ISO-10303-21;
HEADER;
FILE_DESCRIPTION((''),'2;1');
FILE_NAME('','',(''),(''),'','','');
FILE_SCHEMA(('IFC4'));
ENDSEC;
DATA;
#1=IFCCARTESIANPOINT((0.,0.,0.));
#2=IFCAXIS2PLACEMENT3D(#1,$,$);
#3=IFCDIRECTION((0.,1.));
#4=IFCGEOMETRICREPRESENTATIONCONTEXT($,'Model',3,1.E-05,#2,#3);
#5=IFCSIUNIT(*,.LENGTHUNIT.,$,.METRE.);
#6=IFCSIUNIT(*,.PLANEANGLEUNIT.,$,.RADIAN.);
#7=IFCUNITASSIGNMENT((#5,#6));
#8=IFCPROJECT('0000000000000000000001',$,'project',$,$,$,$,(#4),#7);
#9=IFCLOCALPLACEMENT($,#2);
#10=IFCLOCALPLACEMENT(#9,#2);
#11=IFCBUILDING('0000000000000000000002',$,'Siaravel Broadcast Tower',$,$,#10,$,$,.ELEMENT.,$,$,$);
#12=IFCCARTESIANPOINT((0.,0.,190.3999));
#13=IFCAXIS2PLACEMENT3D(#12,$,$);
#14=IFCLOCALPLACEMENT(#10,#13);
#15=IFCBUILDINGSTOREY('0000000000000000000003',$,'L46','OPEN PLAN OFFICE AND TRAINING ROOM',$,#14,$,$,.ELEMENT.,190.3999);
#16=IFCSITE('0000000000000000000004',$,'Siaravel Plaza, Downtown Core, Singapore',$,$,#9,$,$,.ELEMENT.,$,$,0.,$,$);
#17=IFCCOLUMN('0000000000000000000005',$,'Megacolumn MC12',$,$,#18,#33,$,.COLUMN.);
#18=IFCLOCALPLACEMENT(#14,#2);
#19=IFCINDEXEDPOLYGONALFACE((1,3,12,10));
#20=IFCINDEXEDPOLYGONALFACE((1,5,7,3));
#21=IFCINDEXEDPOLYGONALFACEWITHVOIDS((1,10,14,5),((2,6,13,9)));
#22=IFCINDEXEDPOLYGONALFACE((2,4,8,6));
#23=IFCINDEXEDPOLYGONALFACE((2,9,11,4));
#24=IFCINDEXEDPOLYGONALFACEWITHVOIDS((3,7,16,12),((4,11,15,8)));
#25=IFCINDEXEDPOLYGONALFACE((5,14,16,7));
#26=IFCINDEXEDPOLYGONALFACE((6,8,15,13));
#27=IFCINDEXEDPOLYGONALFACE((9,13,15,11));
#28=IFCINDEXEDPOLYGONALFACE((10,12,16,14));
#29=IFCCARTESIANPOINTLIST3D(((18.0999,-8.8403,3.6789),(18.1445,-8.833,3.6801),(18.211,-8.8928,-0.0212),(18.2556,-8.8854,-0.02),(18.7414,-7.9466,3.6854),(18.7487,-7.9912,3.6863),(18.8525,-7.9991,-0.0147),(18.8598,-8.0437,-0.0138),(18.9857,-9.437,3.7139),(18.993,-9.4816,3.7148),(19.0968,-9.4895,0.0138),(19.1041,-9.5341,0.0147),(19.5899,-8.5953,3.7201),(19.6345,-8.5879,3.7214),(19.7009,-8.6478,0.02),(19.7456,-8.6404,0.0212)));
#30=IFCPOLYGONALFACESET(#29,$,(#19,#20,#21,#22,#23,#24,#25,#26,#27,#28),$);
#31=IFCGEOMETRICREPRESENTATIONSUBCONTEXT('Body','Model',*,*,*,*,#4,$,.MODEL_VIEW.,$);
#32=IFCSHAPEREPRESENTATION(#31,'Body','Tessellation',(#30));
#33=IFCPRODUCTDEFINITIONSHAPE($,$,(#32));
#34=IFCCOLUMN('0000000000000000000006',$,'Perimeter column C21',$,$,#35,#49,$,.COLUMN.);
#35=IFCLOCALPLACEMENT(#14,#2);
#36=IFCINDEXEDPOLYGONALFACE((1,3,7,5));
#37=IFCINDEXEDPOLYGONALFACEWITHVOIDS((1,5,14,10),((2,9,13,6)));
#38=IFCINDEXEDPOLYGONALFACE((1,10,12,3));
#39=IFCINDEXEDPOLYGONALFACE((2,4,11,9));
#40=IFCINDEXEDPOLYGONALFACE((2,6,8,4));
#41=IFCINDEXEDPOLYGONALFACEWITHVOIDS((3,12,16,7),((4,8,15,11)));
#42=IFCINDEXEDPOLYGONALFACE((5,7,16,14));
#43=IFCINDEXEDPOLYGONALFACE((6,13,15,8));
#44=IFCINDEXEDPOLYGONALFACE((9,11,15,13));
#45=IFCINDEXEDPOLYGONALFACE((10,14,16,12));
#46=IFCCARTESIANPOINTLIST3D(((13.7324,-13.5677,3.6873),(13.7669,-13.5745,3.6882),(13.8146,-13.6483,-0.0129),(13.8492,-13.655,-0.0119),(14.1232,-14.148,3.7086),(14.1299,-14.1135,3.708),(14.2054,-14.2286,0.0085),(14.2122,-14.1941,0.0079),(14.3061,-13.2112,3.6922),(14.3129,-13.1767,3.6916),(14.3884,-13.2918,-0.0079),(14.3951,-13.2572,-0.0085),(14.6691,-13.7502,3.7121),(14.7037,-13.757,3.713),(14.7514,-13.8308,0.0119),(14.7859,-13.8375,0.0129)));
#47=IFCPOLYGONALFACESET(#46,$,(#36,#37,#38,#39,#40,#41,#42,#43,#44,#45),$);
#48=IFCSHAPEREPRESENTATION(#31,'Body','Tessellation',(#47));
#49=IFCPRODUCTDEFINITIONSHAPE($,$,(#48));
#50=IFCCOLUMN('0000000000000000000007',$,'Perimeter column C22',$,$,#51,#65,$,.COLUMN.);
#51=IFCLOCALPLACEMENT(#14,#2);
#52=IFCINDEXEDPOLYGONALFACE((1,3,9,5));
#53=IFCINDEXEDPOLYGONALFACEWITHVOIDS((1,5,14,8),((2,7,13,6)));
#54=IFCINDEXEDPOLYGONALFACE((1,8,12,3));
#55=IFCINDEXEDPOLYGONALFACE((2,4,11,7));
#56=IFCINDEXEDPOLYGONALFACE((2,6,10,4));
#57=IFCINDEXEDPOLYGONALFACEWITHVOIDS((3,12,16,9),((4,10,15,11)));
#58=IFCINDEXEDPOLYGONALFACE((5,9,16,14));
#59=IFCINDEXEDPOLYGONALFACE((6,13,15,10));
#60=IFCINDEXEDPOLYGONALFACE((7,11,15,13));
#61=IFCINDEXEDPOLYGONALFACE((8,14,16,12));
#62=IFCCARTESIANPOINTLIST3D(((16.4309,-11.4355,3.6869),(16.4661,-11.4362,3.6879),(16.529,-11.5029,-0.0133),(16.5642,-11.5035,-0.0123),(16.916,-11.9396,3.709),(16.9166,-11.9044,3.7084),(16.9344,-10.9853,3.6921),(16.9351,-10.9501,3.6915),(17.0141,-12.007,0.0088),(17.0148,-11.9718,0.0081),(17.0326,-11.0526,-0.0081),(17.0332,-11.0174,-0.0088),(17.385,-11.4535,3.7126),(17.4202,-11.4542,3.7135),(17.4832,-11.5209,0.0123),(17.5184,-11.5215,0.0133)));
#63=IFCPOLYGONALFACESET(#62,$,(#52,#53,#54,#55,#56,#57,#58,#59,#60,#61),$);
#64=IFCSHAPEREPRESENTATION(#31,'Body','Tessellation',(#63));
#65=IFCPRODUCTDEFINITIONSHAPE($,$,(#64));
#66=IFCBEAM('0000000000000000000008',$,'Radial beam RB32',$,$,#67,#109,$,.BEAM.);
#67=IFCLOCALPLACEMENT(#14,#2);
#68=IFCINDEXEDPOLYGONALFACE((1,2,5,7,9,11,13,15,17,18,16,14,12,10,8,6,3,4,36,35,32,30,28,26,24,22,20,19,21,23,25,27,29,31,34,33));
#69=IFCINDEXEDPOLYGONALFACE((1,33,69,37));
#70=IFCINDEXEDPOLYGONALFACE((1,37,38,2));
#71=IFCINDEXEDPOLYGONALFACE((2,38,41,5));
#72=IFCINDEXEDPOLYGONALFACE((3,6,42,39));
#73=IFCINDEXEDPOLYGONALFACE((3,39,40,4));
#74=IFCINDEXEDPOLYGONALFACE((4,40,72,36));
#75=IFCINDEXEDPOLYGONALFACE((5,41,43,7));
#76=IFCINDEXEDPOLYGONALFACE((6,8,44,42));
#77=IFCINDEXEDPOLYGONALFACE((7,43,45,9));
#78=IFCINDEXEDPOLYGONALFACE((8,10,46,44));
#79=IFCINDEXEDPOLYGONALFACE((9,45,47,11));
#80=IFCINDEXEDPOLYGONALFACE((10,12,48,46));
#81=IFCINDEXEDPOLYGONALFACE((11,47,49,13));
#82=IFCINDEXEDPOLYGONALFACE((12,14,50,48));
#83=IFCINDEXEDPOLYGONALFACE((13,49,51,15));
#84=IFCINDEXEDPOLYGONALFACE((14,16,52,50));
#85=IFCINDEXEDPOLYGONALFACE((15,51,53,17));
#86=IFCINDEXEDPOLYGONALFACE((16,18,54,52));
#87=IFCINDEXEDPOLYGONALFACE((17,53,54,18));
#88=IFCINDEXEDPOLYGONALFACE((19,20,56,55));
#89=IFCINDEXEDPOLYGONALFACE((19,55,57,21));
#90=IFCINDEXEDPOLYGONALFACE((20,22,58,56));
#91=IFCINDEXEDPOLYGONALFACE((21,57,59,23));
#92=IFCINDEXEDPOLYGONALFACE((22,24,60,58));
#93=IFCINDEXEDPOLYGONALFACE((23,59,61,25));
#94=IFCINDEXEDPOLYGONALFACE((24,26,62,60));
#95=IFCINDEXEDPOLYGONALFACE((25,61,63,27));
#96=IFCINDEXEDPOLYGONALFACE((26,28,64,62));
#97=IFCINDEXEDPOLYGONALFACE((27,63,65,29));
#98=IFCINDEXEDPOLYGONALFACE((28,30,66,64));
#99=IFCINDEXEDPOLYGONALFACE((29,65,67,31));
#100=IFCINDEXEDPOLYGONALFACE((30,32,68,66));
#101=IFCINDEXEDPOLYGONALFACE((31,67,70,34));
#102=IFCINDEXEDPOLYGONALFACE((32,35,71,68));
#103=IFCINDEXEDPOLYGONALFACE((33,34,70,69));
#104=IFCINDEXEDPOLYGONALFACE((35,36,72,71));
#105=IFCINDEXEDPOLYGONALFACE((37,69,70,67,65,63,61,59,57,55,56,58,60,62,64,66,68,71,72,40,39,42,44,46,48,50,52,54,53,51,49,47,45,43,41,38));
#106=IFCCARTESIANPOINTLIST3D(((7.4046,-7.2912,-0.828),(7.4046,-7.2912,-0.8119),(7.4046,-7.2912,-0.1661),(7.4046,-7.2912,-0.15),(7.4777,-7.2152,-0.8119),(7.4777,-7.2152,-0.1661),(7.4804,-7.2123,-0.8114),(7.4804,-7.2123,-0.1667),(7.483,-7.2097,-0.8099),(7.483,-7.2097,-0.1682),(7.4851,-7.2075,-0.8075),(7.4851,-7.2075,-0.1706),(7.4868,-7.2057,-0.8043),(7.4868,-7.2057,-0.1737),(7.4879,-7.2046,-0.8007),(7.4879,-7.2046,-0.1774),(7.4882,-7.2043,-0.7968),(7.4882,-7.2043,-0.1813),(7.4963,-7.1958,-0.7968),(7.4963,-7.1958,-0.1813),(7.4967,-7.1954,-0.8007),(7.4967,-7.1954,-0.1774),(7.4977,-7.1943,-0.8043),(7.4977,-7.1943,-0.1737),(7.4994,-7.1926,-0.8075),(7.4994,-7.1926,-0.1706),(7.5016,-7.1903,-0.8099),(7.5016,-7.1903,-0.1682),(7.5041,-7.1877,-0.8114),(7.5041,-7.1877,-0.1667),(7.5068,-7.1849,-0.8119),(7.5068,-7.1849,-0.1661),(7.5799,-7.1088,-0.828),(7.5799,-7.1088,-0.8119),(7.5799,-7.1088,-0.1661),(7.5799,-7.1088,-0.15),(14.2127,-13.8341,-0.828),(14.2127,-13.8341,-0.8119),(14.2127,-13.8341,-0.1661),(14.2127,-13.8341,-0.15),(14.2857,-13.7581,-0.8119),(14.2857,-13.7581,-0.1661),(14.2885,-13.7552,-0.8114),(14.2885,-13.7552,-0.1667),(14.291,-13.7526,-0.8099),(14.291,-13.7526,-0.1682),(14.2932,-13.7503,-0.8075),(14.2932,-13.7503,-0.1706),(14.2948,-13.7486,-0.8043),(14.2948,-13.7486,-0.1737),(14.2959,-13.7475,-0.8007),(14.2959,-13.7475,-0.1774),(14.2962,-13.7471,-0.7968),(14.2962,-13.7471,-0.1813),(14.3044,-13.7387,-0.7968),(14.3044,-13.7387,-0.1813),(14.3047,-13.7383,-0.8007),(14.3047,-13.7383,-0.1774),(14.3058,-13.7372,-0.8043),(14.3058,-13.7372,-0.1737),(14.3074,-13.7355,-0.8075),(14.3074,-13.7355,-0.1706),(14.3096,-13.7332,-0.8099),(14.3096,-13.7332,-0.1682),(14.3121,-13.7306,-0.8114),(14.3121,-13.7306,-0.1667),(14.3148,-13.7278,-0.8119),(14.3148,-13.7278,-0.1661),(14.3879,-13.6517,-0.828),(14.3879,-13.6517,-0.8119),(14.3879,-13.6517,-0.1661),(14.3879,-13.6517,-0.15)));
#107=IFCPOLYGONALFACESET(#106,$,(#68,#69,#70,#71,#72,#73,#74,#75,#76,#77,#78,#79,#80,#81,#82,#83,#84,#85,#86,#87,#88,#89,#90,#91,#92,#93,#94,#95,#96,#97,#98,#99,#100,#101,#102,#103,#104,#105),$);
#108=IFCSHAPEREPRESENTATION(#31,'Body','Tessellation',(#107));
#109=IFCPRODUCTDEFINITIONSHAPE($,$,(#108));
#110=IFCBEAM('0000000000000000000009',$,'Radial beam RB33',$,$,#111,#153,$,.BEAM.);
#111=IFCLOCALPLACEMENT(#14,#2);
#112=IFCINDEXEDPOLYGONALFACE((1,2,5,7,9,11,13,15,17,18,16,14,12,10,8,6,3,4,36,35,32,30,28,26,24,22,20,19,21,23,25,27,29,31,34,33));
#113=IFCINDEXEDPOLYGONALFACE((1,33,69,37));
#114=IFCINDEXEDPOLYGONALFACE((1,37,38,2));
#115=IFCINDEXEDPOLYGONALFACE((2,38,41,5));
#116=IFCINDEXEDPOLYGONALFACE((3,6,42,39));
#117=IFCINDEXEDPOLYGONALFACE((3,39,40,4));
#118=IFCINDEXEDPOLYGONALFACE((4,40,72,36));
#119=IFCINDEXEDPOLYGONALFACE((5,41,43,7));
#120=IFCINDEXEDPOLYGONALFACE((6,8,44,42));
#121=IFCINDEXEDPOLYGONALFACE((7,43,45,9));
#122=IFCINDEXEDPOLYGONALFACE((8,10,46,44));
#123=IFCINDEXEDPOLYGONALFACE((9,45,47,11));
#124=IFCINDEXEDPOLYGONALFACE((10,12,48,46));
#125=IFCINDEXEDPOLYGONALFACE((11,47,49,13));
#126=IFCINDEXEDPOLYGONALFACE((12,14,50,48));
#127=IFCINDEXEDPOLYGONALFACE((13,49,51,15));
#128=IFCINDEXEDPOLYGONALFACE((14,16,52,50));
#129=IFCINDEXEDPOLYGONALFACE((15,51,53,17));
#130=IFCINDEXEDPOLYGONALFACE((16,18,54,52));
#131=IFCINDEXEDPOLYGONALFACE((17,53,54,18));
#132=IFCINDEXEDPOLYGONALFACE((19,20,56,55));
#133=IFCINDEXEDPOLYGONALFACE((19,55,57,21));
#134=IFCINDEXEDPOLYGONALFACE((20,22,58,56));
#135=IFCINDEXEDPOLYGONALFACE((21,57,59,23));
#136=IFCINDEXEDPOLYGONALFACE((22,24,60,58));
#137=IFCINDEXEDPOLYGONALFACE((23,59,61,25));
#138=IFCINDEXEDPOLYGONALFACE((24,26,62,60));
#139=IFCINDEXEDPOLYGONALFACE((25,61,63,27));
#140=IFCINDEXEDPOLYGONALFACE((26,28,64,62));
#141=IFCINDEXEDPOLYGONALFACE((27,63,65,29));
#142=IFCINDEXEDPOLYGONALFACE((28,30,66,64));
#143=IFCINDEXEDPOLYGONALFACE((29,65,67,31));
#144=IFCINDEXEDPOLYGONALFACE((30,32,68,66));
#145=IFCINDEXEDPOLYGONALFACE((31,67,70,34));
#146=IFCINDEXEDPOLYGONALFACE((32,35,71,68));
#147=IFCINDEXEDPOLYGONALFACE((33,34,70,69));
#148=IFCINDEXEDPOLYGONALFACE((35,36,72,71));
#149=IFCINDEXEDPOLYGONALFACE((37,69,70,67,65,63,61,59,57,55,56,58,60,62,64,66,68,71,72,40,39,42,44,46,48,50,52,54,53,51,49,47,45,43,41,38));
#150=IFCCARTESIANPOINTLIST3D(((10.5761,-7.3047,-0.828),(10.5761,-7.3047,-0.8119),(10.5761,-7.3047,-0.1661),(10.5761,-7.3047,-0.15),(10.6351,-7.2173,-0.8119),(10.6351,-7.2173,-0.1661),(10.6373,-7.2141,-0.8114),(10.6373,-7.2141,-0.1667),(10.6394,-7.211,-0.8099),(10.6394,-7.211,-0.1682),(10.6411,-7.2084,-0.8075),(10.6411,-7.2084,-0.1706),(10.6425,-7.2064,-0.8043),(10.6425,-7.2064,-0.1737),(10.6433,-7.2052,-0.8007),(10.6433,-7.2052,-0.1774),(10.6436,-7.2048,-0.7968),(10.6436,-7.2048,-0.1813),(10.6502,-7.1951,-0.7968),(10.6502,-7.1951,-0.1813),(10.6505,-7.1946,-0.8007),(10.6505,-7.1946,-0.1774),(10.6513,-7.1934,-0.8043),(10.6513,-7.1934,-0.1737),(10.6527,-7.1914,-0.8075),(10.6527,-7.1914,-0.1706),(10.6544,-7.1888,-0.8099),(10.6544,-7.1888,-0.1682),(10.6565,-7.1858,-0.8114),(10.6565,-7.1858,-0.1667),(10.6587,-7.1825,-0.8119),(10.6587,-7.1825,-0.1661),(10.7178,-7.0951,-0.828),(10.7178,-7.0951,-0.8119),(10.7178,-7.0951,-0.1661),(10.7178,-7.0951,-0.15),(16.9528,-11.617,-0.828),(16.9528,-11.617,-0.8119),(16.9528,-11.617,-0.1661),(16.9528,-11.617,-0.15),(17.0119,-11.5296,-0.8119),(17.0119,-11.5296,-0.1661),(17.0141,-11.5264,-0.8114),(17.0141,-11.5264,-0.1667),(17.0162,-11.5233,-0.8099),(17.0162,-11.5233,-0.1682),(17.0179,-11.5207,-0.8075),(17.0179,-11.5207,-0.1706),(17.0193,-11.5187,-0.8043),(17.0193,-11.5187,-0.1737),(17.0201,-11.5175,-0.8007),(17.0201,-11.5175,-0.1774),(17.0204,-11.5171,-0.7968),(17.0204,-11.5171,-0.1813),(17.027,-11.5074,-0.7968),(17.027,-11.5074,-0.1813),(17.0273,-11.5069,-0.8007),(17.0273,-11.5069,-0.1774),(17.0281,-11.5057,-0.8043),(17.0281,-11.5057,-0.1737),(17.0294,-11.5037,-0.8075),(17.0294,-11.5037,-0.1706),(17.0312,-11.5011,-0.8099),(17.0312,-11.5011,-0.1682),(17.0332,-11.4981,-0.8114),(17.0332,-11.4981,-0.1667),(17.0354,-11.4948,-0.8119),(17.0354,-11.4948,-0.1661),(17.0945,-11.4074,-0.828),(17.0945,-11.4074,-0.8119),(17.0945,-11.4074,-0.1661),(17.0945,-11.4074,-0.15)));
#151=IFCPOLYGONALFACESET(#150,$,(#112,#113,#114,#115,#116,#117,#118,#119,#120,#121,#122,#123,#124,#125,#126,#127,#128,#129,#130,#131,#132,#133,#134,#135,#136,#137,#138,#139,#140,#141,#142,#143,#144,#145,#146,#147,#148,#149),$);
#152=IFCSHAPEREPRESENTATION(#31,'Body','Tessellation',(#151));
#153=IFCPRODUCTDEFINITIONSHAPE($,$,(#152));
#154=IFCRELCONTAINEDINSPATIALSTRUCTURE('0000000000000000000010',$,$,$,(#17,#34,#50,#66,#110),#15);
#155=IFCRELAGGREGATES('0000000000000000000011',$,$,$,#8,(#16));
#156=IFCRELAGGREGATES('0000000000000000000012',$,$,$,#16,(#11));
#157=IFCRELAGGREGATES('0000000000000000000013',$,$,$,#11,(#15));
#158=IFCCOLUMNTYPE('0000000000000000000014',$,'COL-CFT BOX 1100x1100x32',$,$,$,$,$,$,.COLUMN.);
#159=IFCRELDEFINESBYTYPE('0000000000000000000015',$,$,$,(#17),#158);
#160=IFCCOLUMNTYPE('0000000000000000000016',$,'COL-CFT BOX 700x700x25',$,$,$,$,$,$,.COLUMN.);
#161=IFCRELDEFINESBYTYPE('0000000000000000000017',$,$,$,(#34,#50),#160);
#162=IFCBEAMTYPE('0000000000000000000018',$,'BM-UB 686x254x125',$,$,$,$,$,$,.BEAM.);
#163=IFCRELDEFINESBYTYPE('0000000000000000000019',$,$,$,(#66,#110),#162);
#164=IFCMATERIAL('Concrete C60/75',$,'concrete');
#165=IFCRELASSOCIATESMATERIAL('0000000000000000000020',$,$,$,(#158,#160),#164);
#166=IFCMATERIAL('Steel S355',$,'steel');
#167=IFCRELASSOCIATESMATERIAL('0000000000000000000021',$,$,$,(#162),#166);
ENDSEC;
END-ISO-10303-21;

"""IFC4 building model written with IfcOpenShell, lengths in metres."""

from ifc_helpers import new_model, si_unit, direction, frame, origin, origin_2d, place, context, subcontext, project, spatial, hollow_rectangle, i_section, extrude, material, material_profile, profile_set, type_object, element, save


model = new_model("IFC4")

# Units and contexts
model_context = context("Model", 3, precision=1e-05, world=origin(), true_north=direction((0.0, 1.0)))
body_context = subcontext(model_context, "Body", "Model", "MODEL_VIEW")
ifc_project = project(units=[si_unit("LENGTHUNIT", "METRE"), si_unit("PLANEANGLEUNIT", "RADIAN")], contexts=[model_context])

# Site, building, storey
site_placement = place(None, origin())
site = spatial("IfcSite", under=ifc_project, at=site_placement, Name="Siaravel Plaza, Downtown Core, Singapore", CompositionType="ELEMENT", RefElevation=0.0)
building_placement = place(site_placement, origin())
building = spatial("IfcBuilding", under=site, at=building_placement, Name="Siaravel Broadcast Tower", CompositionType="ELEMENT")
storey_placement = place(building_placement, frame((0.0, 0.0, 190.3999)))
storey = spatial("IfcBuildingStorey", under=building, at=storey_placement, Name="L46", Description="OPEN PLAN OFFICE AND TRAINING ROOM", CompositionType="ELEMENT", Elevation=190.3999)

# Columns
ifc_material_1 = material(Name="Concrete C60/75", Category="concrete")
ifc_material_profile_1 = material_profile(ifc_material_1, hollow_rectangle(XDim=1.1001, YDim=1.1001, WallThickness=0.032, at=origin_2d()))
ifc_profile_set_1 = profile_set([ifc_material_profile_1], Name="Concrete C60/75")
column_type_1 = type_object("IfcColumnType", Name="COL-CFT BOX 1100x1100x32", PredefinedType="COLUMN", material=ifc_profile_set_1)
column_1_placement = place(storey_placement, frame((18.9783, -8.7666, 0.0), z_axis=(-0.030005, 0.014178, 0.999449), x_axis=(-0.583112, -0.81237, -0.005982)))
element("IfcColumn", 1, at=column_1_placement, inside=storey, type_object=column_type_1, Name="Megacolumn MC12", PredefinedType="COLUMN", context=body_context, shape_type="SweptSolid", body=[
    extrude(hollow_rectangle(XDim=1.1001, YDim=1.1001, WallThickness=0.032, at=origin_2d()), origin(), (0.0, 0.0, 1.0), 3.7021),
])
ifc_material_profile_2 = material_profile(ifc_material_1, hollow_rectangle(XDim=0.7, YDim=0.7, WallThickness=0.0249, at=origin_2d()))
ifc_profile_set_2 = profile_set([ifc_material_profile_2], Name="Concrete C60/75")
column_type_2 = type_object("IfcColumnType", Name="COL-CFT BOX 700x700x25", PredefinedType="COLUMN", material=ifc_profile_set_2)
column_2_placement = place(storey_placement, frame((14.3003, -13.7429, 0.0), z_axis=(-0.022225, 0.021763, 0.999516), x_axis=(-0.829326, -0.55873, -0.006275)))
element("IfcColumn", 2, at=column_2_placement, inside=storey, type_object=column_type_2, Name="Perimeter column C21", PredefinedType="COLUMN", context=body_context, shape_type="SweptSolid", body=[
    extrude(hollow_rectangle(XDim=0.7, YDim=0.7, WallThickness=0.0249, at=origin_2d()), origin(), (0.0, 0.0, 1.0), 3.7019),
])
column_3_placement = place(storey_placement, frame((17.0237, -11.5122, 0.0), z_axis=(-0.02651, 0.018201, 0.999483), x_axis=(-0.720395, -0.693534, -0.006478)))
element("IfcColumn", 3, at=column_3_placement, inside=storey, type_object=column_type_2, Name="Perimeter column C22", PredefinedType="COLUMN", context=body_context, shape_type="SweptSolid", body=[
    extrude(hollow_rectangle(XDim=0.7, YDim=0.7, WallThickness=0.0249, at=origin_2d()), origin(), (0.0, 0.0, 1.0), 3.7021),
])

# Beams
ifc_material_2 = material(Name="Steel S355", Category="steel")
ifc_material_profile_3 = material_profile(ifc_material_2, i_section(OverallWidth=0.2529, OverallDepth=0.678, WebThickness=0.0117, FlangeThickness=0.0161, FilletRadius=0.0151, at=origin_2d()))
ifc_profile_set_3 = profile_set([ifc_material_profile_3], Name="Steel S355")
beam_type = type_object("IfcBeamType", Name="BM-UB 686x254x125", PredefinedType="BEAM", material=ifc_profile_set_3)
beam_1_placement = place(storey_placement, frame((14.3003, -13.7429, -0.489), z_axis=(-0.721007, 0.692928, 0.0), x_axis=(-0.692928, -0.721007, 0.0)))
element("IfcBeam", 4, at=beam_1_placement, inside=storey, type_object=beam_type, Name="Radial beam RB32", PredefinedType="BEAM", context=body_context, shape_type="SweptSolid", body=[
    extrude(i_section(OverallWidth=0.2529, OverallDepth=0.678, WebThickness=0.0117, FlangeThickness=0.0161, FilletRadius=0.0151, at=origin_2d()), origin(), (0.0, 0.0, 1.0), 9.4424),
])
beam_2_placement = place(storey_placement, frame((17.0237, -11.5122, -0.489), z_axis=(-0.828368, 0.560185, 0.0), x_axis=(-0.560185, -0.828368, 0.0)))
element("IfcBeam", 5, at=beam_2_placement, inside=storey, type_object=beam_type, Name="Radial beam RB33", PredefinedType="BEAM", context=body_context, shape_type="SweptSolid", body=[
    extrude(i_section(OverallWidth=0.2529, OverallDepth=0.678, WebThickness=0.0117, FlangeThickness=0.0161, FilletRadius=0.0151, at=origin_2d()), origin(), (0.0, 0.0, 1.0), 7.698),
])

save(model, "model.ifc")
